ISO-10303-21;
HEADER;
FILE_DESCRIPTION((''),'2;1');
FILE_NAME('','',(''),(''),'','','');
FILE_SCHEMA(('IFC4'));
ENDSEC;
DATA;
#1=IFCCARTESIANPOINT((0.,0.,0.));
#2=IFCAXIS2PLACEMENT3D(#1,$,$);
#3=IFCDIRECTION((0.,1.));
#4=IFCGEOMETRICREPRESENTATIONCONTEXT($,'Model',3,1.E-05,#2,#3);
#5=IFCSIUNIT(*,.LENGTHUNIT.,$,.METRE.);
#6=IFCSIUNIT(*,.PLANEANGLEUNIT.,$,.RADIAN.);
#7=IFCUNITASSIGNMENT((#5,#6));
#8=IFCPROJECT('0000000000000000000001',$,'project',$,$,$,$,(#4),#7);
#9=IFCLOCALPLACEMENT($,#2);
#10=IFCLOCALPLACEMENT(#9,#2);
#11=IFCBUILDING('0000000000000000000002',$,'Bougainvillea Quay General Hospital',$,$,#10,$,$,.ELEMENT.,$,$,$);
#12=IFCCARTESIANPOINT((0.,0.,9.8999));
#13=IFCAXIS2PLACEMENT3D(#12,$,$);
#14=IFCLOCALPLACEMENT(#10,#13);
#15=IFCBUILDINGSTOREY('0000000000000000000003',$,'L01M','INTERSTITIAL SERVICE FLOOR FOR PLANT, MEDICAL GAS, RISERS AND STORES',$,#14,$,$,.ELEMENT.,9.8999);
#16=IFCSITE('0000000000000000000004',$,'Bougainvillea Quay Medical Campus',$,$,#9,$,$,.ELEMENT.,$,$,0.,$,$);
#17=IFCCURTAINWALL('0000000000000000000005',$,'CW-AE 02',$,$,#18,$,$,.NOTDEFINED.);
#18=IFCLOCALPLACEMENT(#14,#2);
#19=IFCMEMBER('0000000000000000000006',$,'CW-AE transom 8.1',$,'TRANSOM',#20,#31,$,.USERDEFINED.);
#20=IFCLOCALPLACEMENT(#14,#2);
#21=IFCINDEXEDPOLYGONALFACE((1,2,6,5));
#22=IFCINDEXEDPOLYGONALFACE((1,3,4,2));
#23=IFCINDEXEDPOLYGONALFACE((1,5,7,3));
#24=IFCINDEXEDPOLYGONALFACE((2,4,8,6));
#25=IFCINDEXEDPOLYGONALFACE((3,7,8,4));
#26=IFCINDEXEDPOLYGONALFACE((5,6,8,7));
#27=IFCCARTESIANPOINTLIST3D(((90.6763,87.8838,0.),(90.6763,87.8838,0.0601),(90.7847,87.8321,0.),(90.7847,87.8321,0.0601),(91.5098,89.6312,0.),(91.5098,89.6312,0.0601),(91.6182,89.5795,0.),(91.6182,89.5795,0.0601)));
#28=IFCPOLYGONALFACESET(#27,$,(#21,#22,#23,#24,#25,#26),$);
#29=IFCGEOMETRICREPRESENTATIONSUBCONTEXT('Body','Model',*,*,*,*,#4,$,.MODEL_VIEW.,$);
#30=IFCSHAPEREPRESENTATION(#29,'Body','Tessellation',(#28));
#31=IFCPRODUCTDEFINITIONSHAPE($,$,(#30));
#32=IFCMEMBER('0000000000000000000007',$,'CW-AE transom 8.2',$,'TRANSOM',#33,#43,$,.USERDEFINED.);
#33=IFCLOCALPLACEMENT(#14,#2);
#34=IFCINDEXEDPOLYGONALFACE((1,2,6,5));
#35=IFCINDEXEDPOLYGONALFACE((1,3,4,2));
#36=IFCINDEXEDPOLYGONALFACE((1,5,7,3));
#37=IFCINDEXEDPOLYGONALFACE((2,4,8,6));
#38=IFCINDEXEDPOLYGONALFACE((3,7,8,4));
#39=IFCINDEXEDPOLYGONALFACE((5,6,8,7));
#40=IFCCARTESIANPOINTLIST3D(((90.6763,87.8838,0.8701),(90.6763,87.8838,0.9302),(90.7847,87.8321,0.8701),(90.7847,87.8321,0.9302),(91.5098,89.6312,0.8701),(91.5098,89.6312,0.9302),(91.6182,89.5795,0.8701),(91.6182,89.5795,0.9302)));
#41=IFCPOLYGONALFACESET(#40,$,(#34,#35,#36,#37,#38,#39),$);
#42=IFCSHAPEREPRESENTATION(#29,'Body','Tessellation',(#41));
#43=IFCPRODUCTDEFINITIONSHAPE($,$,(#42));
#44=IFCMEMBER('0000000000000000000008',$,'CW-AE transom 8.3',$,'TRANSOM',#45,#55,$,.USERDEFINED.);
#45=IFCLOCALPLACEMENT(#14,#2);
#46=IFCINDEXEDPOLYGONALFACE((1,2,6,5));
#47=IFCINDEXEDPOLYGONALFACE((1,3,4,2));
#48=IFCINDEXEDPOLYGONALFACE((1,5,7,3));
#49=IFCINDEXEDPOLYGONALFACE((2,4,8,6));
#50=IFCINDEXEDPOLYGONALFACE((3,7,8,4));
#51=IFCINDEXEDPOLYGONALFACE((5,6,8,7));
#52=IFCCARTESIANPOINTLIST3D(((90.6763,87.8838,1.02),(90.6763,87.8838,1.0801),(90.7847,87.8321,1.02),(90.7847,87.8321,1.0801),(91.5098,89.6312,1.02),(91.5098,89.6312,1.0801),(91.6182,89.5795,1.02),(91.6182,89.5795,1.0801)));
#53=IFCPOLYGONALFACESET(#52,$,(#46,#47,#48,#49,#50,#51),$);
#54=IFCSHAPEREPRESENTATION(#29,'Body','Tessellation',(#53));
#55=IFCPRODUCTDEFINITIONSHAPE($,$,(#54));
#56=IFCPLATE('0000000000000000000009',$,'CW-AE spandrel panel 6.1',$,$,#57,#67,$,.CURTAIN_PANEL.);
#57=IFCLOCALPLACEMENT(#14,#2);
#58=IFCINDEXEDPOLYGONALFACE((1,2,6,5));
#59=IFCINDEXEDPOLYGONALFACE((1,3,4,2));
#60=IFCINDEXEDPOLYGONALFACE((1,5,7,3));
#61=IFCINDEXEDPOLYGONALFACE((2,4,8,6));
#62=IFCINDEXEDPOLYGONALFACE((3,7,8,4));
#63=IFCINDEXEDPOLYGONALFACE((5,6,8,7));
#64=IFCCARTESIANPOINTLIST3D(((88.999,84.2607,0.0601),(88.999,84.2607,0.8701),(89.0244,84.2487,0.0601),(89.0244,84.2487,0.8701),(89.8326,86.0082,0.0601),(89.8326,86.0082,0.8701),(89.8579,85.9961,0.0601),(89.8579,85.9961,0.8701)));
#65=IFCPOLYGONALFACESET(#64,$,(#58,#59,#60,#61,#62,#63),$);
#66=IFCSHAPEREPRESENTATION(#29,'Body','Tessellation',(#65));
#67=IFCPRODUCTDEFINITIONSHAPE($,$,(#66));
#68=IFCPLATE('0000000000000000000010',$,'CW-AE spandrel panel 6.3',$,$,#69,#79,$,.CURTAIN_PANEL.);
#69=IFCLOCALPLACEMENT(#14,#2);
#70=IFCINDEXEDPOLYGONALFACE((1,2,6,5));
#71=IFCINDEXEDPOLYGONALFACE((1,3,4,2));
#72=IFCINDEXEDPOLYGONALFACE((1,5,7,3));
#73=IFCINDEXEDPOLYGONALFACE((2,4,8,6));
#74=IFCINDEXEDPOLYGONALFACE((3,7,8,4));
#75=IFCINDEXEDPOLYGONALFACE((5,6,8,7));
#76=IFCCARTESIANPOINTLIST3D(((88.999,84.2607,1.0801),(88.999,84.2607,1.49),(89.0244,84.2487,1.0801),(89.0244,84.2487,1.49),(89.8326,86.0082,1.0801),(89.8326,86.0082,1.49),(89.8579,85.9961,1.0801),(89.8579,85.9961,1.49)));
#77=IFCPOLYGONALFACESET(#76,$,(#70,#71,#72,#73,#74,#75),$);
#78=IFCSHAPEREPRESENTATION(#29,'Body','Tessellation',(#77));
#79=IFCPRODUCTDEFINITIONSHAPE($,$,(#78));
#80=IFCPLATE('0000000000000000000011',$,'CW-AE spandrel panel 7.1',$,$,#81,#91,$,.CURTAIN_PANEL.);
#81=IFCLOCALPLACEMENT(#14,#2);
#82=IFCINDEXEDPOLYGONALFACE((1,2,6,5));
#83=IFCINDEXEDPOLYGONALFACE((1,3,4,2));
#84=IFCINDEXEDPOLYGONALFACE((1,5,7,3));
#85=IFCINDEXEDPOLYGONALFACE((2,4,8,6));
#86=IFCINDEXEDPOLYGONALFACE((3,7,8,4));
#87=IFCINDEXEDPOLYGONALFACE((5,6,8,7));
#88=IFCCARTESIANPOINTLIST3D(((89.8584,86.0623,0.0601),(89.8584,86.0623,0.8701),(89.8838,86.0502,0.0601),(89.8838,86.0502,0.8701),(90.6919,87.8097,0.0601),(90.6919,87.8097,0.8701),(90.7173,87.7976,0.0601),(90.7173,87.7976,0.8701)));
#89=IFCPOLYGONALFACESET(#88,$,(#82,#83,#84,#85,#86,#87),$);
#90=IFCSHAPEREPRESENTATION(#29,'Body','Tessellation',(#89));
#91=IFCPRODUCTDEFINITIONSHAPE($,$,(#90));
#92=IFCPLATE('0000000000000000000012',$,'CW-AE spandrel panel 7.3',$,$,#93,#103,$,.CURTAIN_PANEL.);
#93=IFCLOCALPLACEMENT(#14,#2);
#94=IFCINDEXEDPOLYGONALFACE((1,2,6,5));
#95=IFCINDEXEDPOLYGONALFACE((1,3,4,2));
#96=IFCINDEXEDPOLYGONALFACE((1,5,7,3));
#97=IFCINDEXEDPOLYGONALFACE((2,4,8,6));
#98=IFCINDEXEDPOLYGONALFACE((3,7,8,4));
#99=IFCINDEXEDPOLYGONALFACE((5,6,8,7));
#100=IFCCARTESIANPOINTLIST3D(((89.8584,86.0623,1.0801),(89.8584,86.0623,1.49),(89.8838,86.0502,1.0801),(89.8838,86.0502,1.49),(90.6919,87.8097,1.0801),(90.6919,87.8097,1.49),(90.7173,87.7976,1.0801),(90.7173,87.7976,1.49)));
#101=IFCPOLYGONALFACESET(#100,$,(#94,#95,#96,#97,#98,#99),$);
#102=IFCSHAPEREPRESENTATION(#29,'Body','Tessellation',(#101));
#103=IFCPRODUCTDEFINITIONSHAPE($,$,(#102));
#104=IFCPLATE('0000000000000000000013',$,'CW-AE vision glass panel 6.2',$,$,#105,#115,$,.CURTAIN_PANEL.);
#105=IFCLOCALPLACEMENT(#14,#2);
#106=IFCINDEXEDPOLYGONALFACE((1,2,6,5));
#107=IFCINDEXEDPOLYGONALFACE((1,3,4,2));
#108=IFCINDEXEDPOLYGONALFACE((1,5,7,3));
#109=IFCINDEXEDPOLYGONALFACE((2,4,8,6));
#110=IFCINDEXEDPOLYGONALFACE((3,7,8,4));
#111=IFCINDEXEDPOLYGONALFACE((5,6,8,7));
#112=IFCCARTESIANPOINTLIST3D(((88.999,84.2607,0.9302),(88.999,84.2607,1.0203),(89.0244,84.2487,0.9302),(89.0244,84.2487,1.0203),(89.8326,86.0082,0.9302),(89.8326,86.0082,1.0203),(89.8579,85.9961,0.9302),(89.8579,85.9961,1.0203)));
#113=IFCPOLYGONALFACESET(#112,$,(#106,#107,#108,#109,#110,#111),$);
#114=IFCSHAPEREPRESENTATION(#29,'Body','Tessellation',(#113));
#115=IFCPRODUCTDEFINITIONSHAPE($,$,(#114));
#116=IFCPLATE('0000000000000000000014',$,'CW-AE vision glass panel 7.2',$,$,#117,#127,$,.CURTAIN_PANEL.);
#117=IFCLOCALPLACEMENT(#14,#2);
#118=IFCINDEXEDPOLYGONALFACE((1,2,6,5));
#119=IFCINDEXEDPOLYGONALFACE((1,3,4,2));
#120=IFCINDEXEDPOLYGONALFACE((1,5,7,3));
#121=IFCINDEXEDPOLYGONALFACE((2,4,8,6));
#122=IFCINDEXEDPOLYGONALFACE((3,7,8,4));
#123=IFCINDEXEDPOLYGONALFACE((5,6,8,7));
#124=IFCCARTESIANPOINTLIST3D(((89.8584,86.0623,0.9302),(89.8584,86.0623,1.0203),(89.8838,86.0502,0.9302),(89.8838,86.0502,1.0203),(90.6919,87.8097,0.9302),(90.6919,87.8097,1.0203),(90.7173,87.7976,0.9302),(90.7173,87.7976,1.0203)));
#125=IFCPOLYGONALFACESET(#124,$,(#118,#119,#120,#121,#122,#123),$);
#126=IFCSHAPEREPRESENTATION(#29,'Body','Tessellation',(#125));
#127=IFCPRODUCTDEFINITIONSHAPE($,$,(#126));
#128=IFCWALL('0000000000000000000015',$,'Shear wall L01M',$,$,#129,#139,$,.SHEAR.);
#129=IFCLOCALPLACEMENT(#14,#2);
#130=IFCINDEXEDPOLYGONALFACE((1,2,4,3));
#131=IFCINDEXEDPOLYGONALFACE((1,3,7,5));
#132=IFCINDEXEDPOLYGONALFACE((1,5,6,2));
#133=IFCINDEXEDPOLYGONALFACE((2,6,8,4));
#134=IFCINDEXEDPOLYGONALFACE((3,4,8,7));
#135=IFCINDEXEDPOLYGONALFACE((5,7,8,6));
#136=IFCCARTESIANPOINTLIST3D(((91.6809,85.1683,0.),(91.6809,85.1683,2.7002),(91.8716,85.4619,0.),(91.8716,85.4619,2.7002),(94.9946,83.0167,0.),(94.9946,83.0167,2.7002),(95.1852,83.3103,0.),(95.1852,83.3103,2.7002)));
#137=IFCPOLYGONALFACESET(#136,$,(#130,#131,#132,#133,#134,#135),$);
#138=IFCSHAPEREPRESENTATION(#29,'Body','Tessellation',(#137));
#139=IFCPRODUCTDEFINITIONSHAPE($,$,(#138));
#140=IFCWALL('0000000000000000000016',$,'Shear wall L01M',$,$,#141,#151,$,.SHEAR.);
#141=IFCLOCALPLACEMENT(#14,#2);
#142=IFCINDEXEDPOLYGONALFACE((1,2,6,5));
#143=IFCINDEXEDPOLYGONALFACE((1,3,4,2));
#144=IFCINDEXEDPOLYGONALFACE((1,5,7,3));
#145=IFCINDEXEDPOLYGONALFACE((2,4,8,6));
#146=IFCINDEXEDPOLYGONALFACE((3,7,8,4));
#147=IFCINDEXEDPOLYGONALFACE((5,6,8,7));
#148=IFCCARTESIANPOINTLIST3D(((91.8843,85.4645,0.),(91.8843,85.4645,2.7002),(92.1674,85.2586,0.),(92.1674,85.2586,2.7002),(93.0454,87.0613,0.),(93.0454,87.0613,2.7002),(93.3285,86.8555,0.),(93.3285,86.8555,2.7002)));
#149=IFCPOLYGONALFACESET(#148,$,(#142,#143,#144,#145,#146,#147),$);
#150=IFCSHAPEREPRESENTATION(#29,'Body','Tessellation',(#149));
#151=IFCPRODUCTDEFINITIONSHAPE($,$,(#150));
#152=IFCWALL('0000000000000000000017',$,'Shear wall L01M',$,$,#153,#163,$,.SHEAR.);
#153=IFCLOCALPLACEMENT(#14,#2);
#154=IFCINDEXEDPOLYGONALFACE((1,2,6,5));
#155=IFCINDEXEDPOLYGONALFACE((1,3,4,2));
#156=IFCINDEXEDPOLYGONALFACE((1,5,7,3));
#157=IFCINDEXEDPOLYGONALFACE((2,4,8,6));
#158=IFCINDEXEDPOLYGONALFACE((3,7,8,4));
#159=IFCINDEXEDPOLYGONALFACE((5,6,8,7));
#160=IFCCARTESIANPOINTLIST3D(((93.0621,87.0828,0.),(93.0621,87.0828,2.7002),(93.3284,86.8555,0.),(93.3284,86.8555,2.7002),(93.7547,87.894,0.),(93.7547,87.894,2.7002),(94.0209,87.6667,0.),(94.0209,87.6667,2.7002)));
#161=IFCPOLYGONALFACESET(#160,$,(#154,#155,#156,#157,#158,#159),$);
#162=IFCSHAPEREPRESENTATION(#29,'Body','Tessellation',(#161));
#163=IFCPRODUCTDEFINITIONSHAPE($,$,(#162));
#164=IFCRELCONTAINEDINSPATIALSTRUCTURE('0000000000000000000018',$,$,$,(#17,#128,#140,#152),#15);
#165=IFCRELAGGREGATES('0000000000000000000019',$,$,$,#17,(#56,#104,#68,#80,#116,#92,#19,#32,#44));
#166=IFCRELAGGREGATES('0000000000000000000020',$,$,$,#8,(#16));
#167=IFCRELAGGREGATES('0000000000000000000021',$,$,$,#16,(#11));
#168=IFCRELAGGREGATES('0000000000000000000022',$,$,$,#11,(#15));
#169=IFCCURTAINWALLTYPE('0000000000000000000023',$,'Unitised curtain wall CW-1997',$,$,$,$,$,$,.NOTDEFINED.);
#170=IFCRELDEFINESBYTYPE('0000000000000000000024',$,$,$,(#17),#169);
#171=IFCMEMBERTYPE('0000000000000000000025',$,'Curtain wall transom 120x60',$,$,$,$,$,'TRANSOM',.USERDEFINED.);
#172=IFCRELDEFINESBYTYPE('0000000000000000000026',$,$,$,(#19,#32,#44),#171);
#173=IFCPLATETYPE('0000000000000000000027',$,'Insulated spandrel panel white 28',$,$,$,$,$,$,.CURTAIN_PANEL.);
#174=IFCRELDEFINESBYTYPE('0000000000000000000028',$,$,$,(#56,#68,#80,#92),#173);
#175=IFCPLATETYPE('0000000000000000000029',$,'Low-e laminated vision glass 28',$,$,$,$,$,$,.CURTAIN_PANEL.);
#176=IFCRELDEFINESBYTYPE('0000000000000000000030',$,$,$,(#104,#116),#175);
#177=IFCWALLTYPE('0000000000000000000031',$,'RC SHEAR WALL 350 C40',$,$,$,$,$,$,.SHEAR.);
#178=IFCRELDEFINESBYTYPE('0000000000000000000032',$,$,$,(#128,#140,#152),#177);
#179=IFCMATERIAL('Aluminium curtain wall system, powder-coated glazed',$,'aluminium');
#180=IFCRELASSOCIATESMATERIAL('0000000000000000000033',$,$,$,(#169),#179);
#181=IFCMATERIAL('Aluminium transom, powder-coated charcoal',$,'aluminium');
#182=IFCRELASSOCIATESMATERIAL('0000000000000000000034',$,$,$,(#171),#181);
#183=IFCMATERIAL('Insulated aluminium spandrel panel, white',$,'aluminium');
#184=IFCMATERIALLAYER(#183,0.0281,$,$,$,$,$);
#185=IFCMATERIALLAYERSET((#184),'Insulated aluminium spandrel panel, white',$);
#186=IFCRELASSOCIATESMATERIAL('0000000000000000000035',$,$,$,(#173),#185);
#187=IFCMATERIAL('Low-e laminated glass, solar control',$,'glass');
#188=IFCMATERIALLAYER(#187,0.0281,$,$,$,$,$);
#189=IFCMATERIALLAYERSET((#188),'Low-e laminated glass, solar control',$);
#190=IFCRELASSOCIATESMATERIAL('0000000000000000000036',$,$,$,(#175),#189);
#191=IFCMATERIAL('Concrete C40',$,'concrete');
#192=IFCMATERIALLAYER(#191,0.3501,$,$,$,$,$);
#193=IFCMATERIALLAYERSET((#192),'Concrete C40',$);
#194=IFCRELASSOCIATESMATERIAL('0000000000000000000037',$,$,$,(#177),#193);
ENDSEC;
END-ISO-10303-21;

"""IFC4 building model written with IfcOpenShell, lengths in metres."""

from ifc_helpers import new_model, si_unit, direction, frame, frame_2d, origin, origin_2d, place, context, subcontext, project, spatial, rectangle, extrude, material, layer, layer_set, material_profile, profile_set, type_object, element, aggregate, save


model = new_model("IFC4")

# Units and contexts
model_context = context("Model", 3, precision=1e-05, world=origin(), true_north=direction((0.0, 1.0)))
body_context = subcontext(model_context, "Body", "Model", "MODEL_VIEW")
ifc_project = project(units=[si_unit("LENGTHUNIT", "METRE"), si_unit("PLANEANGLEUNIT", "RADIAN")], contexts=[model_context])

# Site, building, storey
site_placement = place(None, origin())
site = spatial("IfcSite", under=ifc_project, at=site_placement, Name="Bougainvillea Quay Medical Campus", CompositionType="ELEMENT", RefElevation=0.0)
building_placement = place(site_placement, origin())
building = spatial("IfcBuilding", under=site, at=building_placement, Name="Bougainvillea Quay General Hospital", CompositionType="ELEMENT")
storey_placement = place(building_placement, frame((0.0, 0.0, 9.8999)))
storey = spatial("IfcBuildingStorey", under=building, at=storey_placement, Name="L01M", Description="INTERSTITIAL SERVICE FLOOR FOR PLANT, MEDICAL GAS, RISERS AND STORES", CompositionType="ELEMENT", Elevation=9.8999)

# Curtain wall, members, plates
ifc_material_1 = material(Name="Aluminium curtain wall system, powder-coated glazed", Category="aluminium")
curtain_wall_type = type_object("IfcCurtainWallType", Name="Unitised curtain wall CW-1997", PredefinedType="NOTDEFINED", material=ifc_material_1)
curtain_wall_placement = place(storey_placement, origin())
curtain_wall = element("IfcCurtainWall", 1, at=curtain_wall_placement, inside=storey, type_object=curtain_wall_type, Name="CW-AE 02", PredefinedType="NOTDEFINED")
ifc_material_2 = material(Name="Aluminium transom, powder-coated charcoal", Category="aluminium")
ifc_material_profile_1 = material_profile(ifc_material_2, rectangle(XDim=0.1201, YDim=0.0601, at=origin_2d()))
ifc_profile_set_1 = profile_set([ifc_material_profile_1], Name="Aluminium transom, powder-coated charcoal")
member_type_1 = type_object("IfcMemberType", Name="Curtain wall transom 120x60", ElementType="TRANSOM", PredefinedType="USERDEFINED", material=ifc_profile_set_1)
member_1_placement = place(storey_placement, frame((90.7305, 87.8579, 0.03), z_axis=(0.43054, 0.902571, 0.0), x_axis=(-0.902571, 0.43054, 0.0)))
member_1 = element("IfcMember", 2, at=member_1_placement, type_object=member_type_1, Name="CW-AE transom 8.1", ObjectType="TRANSOM", PredefinedType="USERDEFINED", context=body_context, shape_type="SweptSolid", body=[
    extrude(rectangle(XDim=0.1201, YDim=0.0601, at=origin_2d()), origin(), (0.0, 0.0, 1.0), 1.936),
])
member_2_placement = place(storey_placement, frame((90.7305, 87.8579, 0.9001), z_axis=(0.43054, 0.902571, 0.0), x_axis=(-0.902571, 0.43054, 0.0)))
member_2 = element("IfcMember", 3, at=member_2_placement, type_object=member_type_1, Name="CW-AE transom 8.2", ObjectType="TRANSOM", PredefinedType="USERDEFINED", context=body_context, shape_type="SweptSolid", body=[
    extrude(rectangle(XDim=0.1201, YDim=0.0601, at=origin_2d()), origin(), (0.0, 0.0, 1.0), 1.936),
])
member_3_placement = place(storey_placement, frame((90.7305, 87.8579, 1.05), z_axis=(0.43054, 0.902571, 0.0), x_axis=(-0.902571, 0.43054, 0.0)))
member_3 = element("IfcMember", 4, at=member_3_placement, type_object=member_type_1, Name="CW-AE transom 8.3", ObjectType="TRANSOM", PredefinedType="USERDEFINED", context=body_context, shape_type="SweptSolid", body=[
    extrude(rectangle(XDim=0.1201, YDim=0.0601, at=origin_2d()), origin(), (0.0, 0.0, 1.0), 1.936),
])
ifc_material_3 = material(Name="Insulated aluminium spandrel panel, white", Category="aluminium")
ifc_layer_1 = layer(ifc_material_3, 0.0281)
ifc_layer_set_1 = layer_set([ifc_layer_1], Name="Insulated aluminium spandrel panel, white")
plate_type_1 = type_object("IfcPlateType", Name="Insulated spandrel panel white 28", PredefinedType="CURTAIN_PANEL", material=ifc_layer_set_1)
plate_1_placement = place(storey_placement, frame((89.4285, 85.1284, 0.0601), z_axis=(0.0, 0.0, 1.0), x_axis=(0.430525, 0.902578, 0.0)))
plate_1 = element("IfcPlate", 5, at=plate_1_placement, type_object=plate_type_1, Name="CW-AE spandrel panel 6.1", PredefinedType="CURTAIN_PANEL", context=body_context, shape_type="SweptSolid", body=[
    extrude(rectangle(XDim=1.936, YDim=0.0281, at=origin_2d()), origin(), (0.0, 0.0, 1.0), 0.8101),
])
plate_2_placement = place(storey_placement, frame((89.4285, 85.1284, 1.0801), z_axis=(0.0, 0.0, 1.0), x_axis=(0.430525, 0.902578, 0.0)))
plate_2 = element("IfcPlate", 6, at=plate_2_placement, type_object=plate_type_1, Name="CW-AE spandrel panel 6.3", PredefinedType="CURTAIN_PANEL", context=body_context, shape_type="SweptSolid", body=[
    extrude(rectangle(XDim=1.936, YDim=0.0281, at=origin_2d()), origin(), (0.0, 0.0, 1.0), 0.4099),
])
plate_3_placement = place(storey_placement, frame((90.2878, 86.9299, 0.0601), z_axis=(0.0, 0.0, 1.0), x_axis=(0.430525, 0.902578, 0.0)))
plate_3 = element("IfcPlate", 7, at=plate_3_placement, type_object=plate_type_1, Name="CW-AE spandrel panel 7.1", PredefinedType="CURTAIN_PANEL", context=body_context, shape_type="SweptSolid", body=[
    extrude(rectangle(XDim=1.936, YDim=0.0281, at=origin_2d()), origin(), (0.0, 0.0, 1.0), 0.8101),
])
plate_4_placement = place(storey_placement, frame((90.2878, 86.9299, 1.0801), z_axis=(0.0, 0.0, 1.0), x_axis=(0.430525, 0.902578, 0.0)))
plate_4 = element("IfcPlate", 8, at=plate_4_placement, type_object=plate_type_1, Name="CW-AE spandrel panel 7.3", PredefinedType="CURTAIN_PANEL", context=body_context, shape_type="SweptSolid", body=[
    extrude(rectangle(XDim=1.936, YDim=0.0281, at=origin_2d()), origin(), (0.0, 0.0, 1.0), 0.4099),
])
ifc_material_4 = material(Name="Low-e laminated glass, solar control", Category="glass")
ifc_layer_2 = layer(ifc_material_4, 0.0281)
ifc_layer_set_2 = layer_set([ifc_layer_2], Name="Low-e laminated glass, solar control")
plate_type_2 = type_object("IfcPlateType", Name="Low-e laminated vision glass 28", PredefinedType="CURTAIN_PANEL", material=ifc_layer_set_2)
plate_5_placement = place(storey_placement, frame((89.4285, 85.1284, 0.9302), z_axis=(0.0, 0.0, 1.0), x_axis=(0.430525, 0.902578, 0.0)))
plate_5 = element("IfcPlate", 9, at=plate_5_placement, type_object=plate_type_2, Name="CW-AE vision glass panel 6.2", PredefinedType="CURTAIN_PANEL", context=body_context, shape_type="SweptSolid", body=[
    extrude(rectangle(XDim=1.936, YDim=0.0281, at=origin_2d()), origin(), (0.0, 0.0, 1.0), 0.0901),
])
plate_6_placement = place(storey_placement, frame((90.2878, 86.9299, 0.9302), z_axis=(0.0, 0.0, 1.0), x_axis=(0.430525, 0.902578, 0.0)))
plate_6 = element("IfcPlate", 10, at=plate_6_placement, type_object=plate_type_2, Name="CW-AE vision glass panel 7.2", PredefinedType="CURTAIN_PANEL", context=body_context, shape_type="SweptSolid", body=[
    extrude(rectangle(XDim=1.936, YDim=0.0281, at=origin_2d()), origin(), (0.0, 0.0, 1.0), 0.0901),
])
aggregate(curtain_wall, [plate_1, plate_5, plate_2, plate_3, plate_6, plate_4, member_1, member_2, member_3])

# Walls
ifc_material_5 = material(Name="Concrete C40", Category="concrete")
ifc_layer_3 = layer(ifc_material_5, 0.3501)
ifc_layer_set_3 = layer_set([ifc_layer_3], Name="Concrete C40")
wall_type = type_object("IfcWallType", Name="RC SHEAR WALL 350 C40", PredefinedType="SHEAR", material=ifc_layer_set_3)
wall_1_placement = place(storey_placement, frame((91.7761, 85.3152, 0.0), z_axis=(0.0, 0.0, 1.0), x_axis=(0.83871, -0.544578, 0.0)))
element("IfcWall", 11, at=wall_1_placement, inside=storey, type_object=wall_type, Name="Shear wall L01M", PredefinedType="SHEAR", context=body_context, shape_type="SweptSolid", body=[
    extrude(rectangle(XDim=3.9509, YDim=0.3501, at=frame_2d((1.9756, 0.0))), origin(), (0.0, 0.0, 1.0), 2.7002),
])
wall_2_placement = place(storey_placement, frame((93.187, 86.9585, 0.0), z_axis=(0.0, 0.0, 1.0), x_axis=(-0.588083, -0.8088, 0.0)))
element("IfcWall", 12, at=wall_2_placement, inside=storey, type_object=wall_type, Name="Shear wall L01M", PredefinedType="SHEAR", context=body_context, shape_type="SweptSolid", body=[
    extrude(rectangle(XDim=1.9744, YDim=0.3501, at=frame_2d((0.9873, 0.0))), origin(), (0.0, 0.0, 1.0), 2.7002),
])
wall_3_placement = place(storey_placement, frame((93.1953, 86.9692, 0.0), z_axis=(0.0, 0.0, 1.0), x_axis=(0.649301, 0.760531, 0.0)))
element("IfcWall", 13, at=wall_3_placement, inside=storey, type_object=wall_type, Name="Shear wall L01M", PredefinedType="SHEAR", context=body_context, shape_type="SweptSolid", body=[
    extrude(rectangle(XDim=1.0667, YDim=0.3501, at=frame_2d((0.5332, 0.0))), origin(), (0.0, 0.0, 1.0), 2.7002),
])

save(model, "model.ifc")
